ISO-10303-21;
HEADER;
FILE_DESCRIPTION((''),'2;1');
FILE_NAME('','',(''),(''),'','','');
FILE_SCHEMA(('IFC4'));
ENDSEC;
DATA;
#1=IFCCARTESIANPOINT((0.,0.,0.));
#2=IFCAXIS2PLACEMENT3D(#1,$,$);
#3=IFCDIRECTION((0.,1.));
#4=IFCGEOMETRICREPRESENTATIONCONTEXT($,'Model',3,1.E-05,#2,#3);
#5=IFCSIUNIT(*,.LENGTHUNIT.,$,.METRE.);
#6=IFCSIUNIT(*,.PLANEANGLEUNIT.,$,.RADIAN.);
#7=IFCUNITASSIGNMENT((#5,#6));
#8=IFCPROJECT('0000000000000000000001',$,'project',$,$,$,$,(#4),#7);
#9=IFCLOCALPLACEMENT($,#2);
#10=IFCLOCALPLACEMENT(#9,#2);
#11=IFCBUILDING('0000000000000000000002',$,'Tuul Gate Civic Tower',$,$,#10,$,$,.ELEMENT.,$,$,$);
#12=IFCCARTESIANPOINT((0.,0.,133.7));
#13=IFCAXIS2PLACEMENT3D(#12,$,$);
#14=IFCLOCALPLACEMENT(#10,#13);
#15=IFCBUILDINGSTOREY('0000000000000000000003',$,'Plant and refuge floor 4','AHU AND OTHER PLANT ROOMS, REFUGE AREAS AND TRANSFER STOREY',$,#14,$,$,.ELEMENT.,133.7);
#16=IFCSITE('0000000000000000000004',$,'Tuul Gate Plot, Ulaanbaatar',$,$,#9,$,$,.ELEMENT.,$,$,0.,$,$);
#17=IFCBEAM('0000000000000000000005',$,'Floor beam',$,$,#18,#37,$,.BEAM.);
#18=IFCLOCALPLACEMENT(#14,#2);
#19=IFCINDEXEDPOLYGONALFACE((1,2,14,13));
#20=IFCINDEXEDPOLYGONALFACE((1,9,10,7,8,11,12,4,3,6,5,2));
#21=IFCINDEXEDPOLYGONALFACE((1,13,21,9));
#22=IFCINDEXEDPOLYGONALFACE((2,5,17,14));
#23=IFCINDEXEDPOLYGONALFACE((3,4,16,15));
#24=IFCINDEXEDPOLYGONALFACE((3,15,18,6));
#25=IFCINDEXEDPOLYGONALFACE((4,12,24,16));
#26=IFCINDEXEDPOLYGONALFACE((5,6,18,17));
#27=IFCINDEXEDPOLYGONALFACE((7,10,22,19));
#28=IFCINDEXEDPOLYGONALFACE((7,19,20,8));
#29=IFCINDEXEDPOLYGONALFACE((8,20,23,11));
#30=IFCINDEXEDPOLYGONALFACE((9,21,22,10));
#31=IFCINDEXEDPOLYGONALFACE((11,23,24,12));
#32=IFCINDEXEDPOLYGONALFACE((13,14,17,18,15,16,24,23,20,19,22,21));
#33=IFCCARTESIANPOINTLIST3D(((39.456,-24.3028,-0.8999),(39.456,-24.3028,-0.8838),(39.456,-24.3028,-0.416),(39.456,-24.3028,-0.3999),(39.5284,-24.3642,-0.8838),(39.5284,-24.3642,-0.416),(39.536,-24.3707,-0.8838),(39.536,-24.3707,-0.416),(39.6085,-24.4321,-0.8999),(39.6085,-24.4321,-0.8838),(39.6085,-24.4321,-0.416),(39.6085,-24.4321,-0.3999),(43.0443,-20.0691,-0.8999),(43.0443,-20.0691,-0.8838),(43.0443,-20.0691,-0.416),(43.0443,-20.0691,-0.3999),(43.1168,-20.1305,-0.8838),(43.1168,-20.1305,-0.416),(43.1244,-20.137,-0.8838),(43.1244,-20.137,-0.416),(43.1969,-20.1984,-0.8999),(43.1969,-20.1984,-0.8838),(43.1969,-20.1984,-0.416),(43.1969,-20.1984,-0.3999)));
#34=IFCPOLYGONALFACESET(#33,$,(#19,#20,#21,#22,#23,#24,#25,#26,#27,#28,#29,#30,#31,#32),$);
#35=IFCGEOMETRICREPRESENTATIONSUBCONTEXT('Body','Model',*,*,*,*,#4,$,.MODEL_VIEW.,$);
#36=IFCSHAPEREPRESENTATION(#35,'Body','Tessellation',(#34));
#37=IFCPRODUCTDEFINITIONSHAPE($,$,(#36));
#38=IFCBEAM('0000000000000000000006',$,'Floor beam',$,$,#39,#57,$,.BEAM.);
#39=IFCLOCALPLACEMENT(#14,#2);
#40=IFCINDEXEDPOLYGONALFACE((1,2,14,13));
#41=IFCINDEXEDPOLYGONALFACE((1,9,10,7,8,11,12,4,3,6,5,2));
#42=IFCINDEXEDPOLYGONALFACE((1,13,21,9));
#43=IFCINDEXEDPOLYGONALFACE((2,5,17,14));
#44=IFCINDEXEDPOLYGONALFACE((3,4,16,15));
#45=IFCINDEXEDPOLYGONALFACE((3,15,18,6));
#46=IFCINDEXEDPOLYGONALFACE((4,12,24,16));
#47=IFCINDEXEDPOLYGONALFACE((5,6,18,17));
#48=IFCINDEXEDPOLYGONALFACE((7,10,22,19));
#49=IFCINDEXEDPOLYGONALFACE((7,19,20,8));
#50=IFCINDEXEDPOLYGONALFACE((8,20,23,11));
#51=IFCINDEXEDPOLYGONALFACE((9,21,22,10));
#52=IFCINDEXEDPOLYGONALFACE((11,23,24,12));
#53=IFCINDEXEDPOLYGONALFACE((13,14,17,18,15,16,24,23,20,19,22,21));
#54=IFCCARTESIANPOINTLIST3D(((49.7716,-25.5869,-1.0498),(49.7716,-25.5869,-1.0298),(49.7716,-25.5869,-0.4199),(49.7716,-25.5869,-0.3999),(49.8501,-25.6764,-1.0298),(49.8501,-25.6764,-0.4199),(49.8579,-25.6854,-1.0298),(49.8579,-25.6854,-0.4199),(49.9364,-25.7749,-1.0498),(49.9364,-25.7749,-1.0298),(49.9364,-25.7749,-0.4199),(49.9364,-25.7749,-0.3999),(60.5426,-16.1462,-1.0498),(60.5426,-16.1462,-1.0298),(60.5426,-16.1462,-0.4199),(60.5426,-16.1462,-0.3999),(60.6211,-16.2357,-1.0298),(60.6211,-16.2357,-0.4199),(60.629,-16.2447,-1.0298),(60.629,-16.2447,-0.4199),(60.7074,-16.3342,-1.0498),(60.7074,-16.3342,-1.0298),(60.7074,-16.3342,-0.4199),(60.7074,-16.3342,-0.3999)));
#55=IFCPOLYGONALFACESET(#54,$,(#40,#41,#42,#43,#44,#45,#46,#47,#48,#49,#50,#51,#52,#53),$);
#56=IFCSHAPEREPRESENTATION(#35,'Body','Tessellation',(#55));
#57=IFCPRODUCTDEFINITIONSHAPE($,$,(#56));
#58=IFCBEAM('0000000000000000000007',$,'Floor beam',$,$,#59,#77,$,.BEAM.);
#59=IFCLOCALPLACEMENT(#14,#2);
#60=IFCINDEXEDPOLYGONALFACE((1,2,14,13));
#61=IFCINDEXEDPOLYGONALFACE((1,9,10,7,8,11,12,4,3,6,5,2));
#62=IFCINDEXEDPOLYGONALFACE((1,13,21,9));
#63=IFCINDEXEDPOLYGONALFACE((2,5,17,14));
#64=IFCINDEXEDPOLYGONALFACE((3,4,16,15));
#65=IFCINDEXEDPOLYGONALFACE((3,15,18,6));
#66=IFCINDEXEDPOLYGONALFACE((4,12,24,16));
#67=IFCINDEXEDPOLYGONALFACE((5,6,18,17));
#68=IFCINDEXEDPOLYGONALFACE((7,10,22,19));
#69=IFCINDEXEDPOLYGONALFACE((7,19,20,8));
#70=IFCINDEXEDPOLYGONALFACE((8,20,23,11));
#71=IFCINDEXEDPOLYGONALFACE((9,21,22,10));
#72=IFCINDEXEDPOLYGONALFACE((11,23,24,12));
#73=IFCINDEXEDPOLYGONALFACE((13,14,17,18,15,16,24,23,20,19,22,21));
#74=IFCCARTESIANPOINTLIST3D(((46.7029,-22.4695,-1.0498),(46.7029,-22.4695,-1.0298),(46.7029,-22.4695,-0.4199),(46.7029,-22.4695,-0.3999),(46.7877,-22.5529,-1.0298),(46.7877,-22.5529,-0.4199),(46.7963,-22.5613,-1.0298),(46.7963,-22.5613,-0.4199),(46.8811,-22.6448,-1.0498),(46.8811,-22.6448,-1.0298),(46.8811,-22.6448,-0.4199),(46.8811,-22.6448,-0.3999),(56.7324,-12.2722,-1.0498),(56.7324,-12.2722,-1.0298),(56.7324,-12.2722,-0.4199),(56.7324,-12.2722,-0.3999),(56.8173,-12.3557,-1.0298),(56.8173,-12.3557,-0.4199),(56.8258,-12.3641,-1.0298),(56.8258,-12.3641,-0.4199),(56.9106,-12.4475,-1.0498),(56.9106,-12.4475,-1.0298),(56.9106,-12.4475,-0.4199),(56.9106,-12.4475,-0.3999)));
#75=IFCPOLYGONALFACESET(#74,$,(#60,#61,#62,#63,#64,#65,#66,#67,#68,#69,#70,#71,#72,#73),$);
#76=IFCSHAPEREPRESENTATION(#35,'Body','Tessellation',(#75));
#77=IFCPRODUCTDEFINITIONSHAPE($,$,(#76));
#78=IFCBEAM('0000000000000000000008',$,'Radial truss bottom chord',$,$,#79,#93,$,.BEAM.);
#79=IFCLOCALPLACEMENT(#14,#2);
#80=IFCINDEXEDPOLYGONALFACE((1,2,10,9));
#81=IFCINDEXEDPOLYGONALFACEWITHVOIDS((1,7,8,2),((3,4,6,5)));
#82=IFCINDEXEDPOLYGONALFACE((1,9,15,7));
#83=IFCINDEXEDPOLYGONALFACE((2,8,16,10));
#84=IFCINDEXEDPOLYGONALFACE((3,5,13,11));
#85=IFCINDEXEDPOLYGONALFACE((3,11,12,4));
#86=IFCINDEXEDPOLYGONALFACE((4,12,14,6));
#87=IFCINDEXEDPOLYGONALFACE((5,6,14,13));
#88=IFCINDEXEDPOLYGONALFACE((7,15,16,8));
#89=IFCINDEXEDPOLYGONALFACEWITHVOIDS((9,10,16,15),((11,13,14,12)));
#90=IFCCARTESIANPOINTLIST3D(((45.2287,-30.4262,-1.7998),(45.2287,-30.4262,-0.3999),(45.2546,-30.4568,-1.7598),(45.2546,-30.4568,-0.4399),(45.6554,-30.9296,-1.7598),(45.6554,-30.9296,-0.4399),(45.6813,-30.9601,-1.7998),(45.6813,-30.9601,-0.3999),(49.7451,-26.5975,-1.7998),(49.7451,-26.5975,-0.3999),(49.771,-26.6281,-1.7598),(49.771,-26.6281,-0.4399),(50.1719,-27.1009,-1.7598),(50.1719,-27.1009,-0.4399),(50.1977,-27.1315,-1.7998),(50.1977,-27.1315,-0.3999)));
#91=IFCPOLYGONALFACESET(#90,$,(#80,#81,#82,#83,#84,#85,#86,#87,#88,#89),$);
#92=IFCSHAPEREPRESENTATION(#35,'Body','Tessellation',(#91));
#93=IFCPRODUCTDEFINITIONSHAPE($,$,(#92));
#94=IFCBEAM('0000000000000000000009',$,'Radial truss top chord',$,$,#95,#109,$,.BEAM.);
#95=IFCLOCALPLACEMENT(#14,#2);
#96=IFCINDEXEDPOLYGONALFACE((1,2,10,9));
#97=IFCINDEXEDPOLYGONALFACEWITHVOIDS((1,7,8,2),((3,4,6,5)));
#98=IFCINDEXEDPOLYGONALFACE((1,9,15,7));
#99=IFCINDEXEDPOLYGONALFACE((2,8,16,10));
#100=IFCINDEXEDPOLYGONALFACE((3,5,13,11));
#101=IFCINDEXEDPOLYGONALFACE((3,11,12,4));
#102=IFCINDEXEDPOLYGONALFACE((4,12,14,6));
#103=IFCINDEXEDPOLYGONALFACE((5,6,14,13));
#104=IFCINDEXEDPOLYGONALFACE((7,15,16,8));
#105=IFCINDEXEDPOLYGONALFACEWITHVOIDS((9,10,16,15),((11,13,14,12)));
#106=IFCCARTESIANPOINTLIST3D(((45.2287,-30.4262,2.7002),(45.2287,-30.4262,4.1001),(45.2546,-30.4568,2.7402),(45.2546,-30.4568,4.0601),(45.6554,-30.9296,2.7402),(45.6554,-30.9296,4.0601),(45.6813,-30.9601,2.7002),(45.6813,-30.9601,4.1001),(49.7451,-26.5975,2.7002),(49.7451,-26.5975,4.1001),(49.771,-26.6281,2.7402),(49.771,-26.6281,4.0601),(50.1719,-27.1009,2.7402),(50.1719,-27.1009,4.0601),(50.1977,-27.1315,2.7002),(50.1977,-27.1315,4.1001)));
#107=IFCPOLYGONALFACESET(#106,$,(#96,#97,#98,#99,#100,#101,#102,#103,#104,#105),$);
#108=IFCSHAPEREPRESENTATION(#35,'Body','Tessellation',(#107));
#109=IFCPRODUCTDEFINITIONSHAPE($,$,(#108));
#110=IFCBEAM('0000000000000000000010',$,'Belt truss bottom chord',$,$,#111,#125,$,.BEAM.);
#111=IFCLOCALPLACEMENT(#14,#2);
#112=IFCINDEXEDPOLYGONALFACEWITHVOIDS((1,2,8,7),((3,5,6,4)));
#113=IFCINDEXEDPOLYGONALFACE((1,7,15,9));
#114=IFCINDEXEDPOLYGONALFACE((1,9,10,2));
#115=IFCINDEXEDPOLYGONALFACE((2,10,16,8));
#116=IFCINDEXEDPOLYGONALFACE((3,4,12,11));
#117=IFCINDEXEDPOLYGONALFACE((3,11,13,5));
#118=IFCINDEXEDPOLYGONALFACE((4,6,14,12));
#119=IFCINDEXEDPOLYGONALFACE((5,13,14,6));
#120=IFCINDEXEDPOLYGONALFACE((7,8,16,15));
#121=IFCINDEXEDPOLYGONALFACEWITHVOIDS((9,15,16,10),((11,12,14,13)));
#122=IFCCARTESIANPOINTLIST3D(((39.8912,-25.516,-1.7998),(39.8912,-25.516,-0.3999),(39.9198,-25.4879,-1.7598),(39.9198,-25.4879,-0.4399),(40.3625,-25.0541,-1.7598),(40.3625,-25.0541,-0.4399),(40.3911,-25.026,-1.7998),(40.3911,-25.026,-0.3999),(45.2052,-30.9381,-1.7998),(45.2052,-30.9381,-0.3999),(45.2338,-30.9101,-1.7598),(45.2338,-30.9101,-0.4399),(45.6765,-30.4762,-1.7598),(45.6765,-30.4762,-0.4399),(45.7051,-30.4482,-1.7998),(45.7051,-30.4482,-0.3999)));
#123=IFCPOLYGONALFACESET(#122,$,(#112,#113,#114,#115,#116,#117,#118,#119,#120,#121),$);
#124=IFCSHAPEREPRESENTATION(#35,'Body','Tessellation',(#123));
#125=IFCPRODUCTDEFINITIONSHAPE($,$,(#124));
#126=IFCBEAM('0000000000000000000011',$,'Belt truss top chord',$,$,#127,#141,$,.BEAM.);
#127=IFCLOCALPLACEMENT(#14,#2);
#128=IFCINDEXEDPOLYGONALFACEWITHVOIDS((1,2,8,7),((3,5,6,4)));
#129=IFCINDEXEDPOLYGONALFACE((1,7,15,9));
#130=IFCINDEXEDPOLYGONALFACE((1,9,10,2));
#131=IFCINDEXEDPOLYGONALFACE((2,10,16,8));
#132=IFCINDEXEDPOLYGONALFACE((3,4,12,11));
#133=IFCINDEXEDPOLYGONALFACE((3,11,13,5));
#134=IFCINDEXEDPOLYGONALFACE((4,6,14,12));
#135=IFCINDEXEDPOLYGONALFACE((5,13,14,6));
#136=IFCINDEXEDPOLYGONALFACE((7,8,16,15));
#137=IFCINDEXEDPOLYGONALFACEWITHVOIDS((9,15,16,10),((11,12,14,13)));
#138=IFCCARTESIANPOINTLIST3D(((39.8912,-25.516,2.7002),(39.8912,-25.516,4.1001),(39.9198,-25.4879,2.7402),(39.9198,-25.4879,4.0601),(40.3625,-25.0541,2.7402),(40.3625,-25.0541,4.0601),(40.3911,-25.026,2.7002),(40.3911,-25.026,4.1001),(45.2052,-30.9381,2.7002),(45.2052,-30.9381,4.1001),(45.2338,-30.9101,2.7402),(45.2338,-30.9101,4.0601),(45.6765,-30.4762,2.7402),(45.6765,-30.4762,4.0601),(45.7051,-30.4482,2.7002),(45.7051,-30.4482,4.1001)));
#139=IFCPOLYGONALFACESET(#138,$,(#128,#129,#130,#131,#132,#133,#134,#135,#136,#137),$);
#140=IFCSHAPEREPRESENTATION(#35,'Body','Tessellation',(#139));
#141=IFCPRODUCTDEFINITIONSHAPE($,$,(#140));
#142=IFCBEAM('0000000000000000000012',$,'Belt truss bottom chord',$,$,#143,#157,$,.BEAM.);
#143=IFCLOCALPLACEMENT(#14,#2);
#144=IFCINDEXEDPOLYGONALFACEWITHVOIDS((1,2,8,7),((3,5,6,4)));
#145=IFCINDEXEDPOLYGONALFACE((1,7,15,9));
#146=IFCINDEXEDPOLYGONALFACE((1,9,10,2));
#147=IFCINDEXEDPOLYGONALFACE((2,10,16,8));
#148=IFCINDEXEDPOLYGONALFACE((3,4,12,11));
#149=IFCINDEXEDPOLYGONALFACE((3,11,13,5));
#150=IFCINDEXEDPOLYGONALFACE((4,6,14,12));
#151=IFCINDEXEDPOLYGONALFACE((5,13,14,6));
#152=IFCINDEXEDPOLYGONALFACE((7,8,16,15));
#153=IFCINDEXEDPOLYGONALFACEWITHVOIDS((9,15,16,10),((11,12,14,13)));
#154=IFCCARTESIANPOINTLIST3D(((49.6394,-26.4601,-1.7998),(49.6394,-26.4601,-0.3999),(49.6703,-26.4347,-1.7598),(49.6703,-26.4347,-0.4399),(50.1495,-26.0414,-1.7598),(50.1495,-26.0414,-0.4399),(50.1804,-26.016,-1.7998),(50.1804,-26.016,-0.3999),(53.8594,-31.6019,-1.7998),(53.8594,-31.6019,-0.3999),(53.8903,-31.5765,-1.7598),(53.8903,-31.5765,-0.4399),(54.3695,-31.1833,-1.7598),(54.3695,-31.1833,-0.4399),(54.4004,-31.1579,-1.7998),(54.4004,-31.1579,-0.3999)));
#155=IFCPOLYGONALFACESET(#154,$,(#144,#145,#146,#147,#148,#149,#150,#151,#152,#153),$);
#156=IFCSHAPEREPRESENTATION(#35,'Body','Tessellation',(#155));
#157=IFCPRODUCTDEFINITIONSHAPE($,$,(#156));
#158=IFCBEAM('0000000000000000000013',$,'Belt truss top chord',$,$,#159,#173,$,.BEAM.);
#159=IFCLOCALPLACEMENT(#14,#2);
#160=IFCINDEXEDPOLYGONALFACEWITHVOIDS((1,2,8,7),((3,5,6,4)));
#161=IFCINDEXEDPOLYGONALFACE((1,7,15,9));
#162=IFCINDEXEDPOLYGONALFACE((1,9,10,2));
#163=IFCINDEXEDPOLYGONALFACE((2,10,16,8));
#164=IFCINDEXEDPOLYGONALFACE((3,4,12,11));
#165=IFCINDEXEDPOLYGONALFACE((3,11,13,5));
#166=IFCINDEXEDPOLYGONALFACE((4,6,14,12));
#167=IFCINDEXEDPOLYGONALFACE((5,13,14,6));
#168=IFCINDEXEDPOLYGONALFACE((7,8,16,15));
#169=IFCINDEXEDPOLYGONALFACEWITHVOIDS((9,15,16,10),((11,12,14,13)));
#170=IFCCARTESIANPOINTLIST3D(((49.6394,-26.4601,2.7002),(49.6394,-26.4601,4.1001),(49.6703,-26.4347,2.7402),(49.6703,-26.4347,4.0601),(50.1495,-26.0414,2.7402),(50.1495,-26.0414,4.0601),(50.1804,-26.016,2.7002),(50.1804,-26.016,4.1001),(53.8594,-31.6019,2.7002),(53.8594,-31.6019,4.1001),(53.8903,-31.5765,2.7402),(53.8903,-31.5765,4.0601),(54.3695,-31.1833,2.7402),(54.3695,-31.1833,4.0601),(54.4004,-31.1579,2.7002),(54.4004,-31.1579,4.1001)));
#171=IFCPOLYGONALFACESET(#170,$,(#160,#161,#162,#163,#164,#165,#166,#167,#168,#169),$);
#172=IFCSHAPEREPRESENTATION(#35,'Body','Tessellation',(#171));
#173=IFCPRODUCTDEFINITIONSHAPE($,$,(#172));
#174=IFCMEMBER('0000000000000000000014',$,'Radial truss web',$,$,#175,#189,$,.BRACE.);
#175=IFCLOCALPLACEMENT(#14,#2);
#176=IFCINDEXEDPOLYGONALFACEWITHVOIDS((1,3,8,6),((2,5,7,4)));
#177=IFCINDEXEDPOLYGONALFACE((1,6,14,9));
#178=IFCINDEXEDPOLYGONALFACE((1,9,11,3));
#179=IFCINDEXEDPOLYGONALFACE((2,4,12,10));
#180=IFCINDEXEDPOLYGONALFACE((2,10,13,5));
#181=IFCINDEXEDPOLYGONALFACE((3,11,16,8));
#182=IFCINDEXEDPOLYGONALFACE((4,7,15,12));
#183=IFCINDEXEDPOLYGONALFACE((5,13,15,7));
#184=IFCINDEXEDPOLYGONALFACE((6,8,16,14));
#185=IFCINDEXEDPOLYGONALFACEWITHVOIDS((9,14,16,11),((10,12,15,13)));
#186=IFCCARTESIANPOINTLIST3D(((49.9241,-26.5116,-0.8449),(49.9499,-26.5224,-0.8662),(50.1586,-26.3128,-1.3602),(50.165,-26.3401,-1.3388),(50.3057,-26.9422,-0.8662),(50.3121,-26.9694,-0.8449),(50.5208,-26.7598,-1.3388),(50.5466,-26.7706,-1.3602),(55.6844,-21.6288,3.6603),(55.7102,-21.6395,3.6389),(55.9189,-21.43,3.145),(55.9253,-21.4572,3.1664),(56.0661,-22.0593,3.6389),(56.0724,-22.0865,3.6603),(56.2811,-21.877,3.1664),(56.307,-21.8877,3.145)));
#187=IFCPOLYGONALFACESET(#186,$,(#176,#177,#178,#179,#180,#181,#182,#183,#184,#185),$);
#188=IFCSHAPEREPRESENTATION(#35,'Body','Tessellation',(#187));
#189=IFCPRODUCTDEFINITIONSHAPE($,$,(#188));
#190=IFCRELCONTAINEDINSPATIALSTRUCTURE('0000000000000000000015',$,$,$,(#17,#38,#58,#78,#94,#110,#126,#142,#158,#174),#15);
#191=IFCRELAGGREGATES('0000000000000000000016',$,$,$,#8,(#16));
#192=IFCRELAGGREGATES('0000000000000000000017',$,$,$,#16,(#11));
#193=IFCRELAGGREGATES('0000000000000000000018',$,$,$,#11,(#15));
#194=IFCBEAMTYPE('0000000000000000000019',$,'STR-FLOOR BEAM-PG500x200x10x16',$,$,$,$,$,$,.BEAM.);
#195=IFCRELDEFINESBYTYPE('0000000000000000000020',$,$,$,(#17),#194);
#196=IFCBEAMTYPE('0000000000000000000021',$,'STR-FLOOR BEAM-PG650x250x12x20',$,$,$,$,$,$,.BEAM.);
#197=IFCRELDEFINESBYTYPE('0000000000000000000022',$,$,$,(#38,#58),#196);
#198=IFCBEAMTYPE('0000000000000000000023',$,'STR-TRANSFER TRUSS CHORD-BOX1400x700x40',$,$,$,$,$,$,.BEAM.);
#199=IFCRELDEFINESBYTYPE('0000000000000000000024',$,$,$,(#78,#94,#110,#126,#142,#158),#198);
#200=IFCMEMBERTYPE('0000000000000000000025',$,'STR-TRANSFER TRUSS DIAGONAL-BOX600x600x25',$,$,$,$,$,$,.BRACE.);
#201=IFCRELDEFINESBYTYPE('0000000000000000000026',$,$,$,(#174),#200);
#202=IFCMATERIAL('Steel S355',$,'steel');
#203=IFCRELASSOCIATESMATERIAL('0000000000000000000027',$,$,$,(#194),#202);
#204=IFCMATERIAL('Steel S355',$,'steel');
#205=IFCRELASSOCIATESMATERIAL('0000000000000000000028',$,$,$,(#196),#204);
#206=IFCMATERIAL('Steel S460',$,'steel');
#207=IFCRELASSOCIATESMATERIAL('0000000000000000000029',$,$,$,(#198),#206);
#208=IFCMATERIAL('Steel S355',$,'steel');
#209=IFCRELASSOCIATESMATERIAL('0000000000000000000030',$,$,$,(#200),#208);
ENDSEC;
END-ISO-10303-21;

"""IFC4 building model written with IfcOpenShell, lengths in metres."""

from ifc_helpers import new_model, si_unit, direction, frame, origin, origin_2d, place, context, subcontext, project, spatial, hollow_rectangle, i_section, extrude, material, material_profile, profile_set, type_object, element, save


model = new_model("IFC4")

# Units and contexts
model_context = context("Model", 3, precision=1e-05, world=origin(), true_north=direction((0.0, 1.0)))
body_context = subcontext(model_context, "Body", "Model", "MODEL_VIEW")
ifc_project = project(units=[si_unit("LENGTHUNIT", "METRE"), si_unit("PLANEANGLEUNIT", "RADIAN")], contexts=[model_context])

# Site, building, storey
site_placement = place(None, origin())
site = spatial("IfcSite", under=ifc_project, at=site_placement, Name="Tuul Gate Plot, Ulaanbaatar", CompositionType="ELEMENT", RefElevation=0.0)
building_placement = place(site_placement, origin())
building = spatial("IfcBuilding", under=site, at=building_placement, Name="Tuul Gate Civic Tower", CompositionType="ELEMENT")
storey_placement = place(building_placement, frame((0.0, 0.0, 133.7)))
storey = spatial("IfcBuildingStorey", under=building, at=storey_placement, Name="Plant and refuge floor 4", Description="AHU AND OTHER PLANT ROOMS, REFUGE AREAS AND TRANSFER STOREY", CompositionType="ELEMENT", Elevation=133.7)

# Beams
ifc_material_1 = material(Name="Steel S355", Category="steel")
ifc_material_profile_1 = material_profile(ifc_material_1, i_section(OverallWidth=0.2, OverallDepth=0.5, WebThickness=0.01, FlangeThickness=0.0161, at=origin_2d()), Name="PG500x200x10x16")
ifc_profile_set_1 = profile_set([ifc_material_profile_1], Name="Steel S355")
beam_type_1 = type_object("IfcBeamType", Name="STR-FLOOR BEAM-PG500x200x10x16", PredefinedType="BEAM", material=ifc_profile_set_1)
beam_1_placement = place(storey_placement, frame((39.5322, -24.3674, -0.6499), z_axis=(0.646579, 0.762847, 0.0), x_axis=(-0.762847, 0.646579, 0.0)))
element("IfcBeam", 1, at=beam_1_placement, inside=storey, type_object=beam_type_1, Name="Floor beam", PredefinedType="BEAM", context=body_context, shape_type="SweptSolid", body=[
    extrude(i_section(OverallWidth=0.2, OverallDepth=0.5, WebThickness=0.01, FlangeThickness=0.0161, at=origin_2d()), origin(), (0.0, 0.0, 1.0), 5.5498),
])
ifc_material_2 = material(Name="Steel S355", Category="steel")
ifc_material_profile_2 = material_profile(ifc_material_2, i_section(OverallWidth=0.25, OverallDepth=0.6499, WebThickness=0.012, FlangeThickness=0.02, at=origin_2d()), Name="PG650x250x12x20")
ifc_profile_set_2 = profile_set([ifc_material_profile_2], Name="Steel S355")
beam_type_2 = type_object("IfcBeamType", Name="STR-FLOOR BEAM-PG650x250x12x20", PredefinedType="BEAM", material=ifc_profile_set_2)
beam_2_placement = place(storey_placement, frame((49.854, -25.6809, -0.7249), z_axis=(0.752021, 0.659139, 0.0), x_axis=(-0.659139, 0.752021, 0.0)))
element("IfcBeam", 2, at=beam_2_placement, inside=storey, type_object=beam_type_2, Name="Floor beam", PredefinedType="BEAM", context=body_context, shape_type="SweptSolid", body=[
    extrude(i_section(OverallWidth=0.25, OverallDepth=0.6499, WebThickness=0.012, FlangeThickness=0.02, at=origin_2d()), origin(), (0.0, 0.0, 1.0), 14.3228),
])
beam_3_placement = place(storey_placement, frame((46.792, -22.5571, -0.7249), z_axis=(0.701219, 0.712946, 0.0), x_axis=(-0.712946, 0.701219, 0.0)))
element("IfcBeam", 3, at=beam_3_placement, inside=storey, type_object=beam_type_2, Name="Floor beam", PredefinedType="BEAM", context=body_context, shape_type="SweptSolid", body=[
    extrude(i_section(OverallWidth=0.25, OverallDepth=0.6499, WebThickness=0.012, FlangeThickness=0.02, at=origin_2d()), origin(), (0.0, 0.0, 1.0), 14.303),
])
ifc_material_3 = material(Name="Steel S460", Category="steel")
ifc_material_profile_3 = material_profile(ifc_material_3, hollow_rectangle(XDim=0.7, YDim=1.3999, WallThickness=0.04, at=origin_2d()), Name="BOX1400x700x40")
ifc_profile_set_3 = profile_set([ifc_material_profile_3], Name="Steel S460")
beam_type_3 = type_object("IfcBeamType", Name="STR-TRANSFER TRUSS CHORD-BOX1400x700x40", PredefinedType="BEAM", material=ifc_profile_set_3)
for number, where, z_axis, x_axis, name in (
    (4, (49.9714, -26.8645, -1.0999), (-0.762796, -0.646639, 0.0), (0.646639, -0.762796, 0.0), "Radial truss bottom chord"),
    (5, (49.9714, -26.8645, 3.4001), (-0.762796, -0.646639, 0.0), (0.646639, -0.762796, 0.0), "Radial truss top chord"),
):
    element("IfcBeam", number, at=place(storey_placement, frame(where, z_axis=z_axis, x_axis=x_axis)), inside=storey, type_object=beam_type_3, Name=name, PredefinedType="BEAM", context=body_context, shape_type="SweptSolid", body=[
        extrude(hollow_rectangle(XDim=0.7, YDim=1.3999, WallThickness=0.04, at=origin_2d()), origin(), (0.0, 0.0, 1.0), 5.9209),
    ])
for number, where, z_axis, x_axis, name in (
    (6, (40.1411, -25.271, -1.0999), (0.699948, -0.714194, 0.0), (0.714194, 0.699948, 0.0), "Belt truss bottom chord"),
    (7, (40.1411, -25.271, 3.4001), (0.699948, -0.714194, 0.0), (0.714194, 0.699948, 0.0), "Belt truss top chord"),
):
    element("IfcBeam", number, at=place(storey_placement, frame(where, z_axis=z_axis, x_axis=x_axis)), inside=storey, type_object=beam_type_3, Name=name, PredefinedType="BEAM", context=body_context, shape_type="SweptSolid", body=[
        extrude(hollow_rectangle(XDim=0.7, YDim=1.3999, WallThickness=0.04, at=origin_2d()), origin(), (0.0, 0.0, 1.0), 7.592),
    ])
for number, where, z_axis, x_axis, name in (
    (8, (49.9099, -26.238, -1.0999), (0.634408, -0.772998, 0.0), (0.772998, 0.634408, 0.0), "Belt truss bottom chord"),
    (9, (49.9099, -26.238, 3.4001), (0.634408, -0.772998, 0.0), (0.772998, 0.634408, 0.0), "Belt truss top chord"),
):
    element("IfcBeam", number, at=place(storey_placement, frame(where, z_axis=z_axis, x_axis=x_axis)), inside=storey, type_object=beam_type_3, Name=name, PredefinedType="BEAM", context=body_context, shape_type="SweptSolid", body=[
        extrude(hollow_rectangle(XDim=0.7, YDim=1.3999, WallThickness=0.04, at=origin_2d()), origin(), (0.0, 0.0, 1.0), 6.6519),
    ])

# Member
ifc_material_4 = material(Name="Steel S355", Category="steel")
ifc_material_profile_4 = material_profile(ifc_material_4, hollow_rectangle(XDim=0.6001, YDim=0.6001, WallThickness=0.0249, at=origin_2d()), Name="BOX600x600x25")
ifc_profile_set_4 = profile_set([ifc_material_profile_4], Name="Steel S355")
member_type_1 = type_object("IfcMemberType", Name="STR-TRANSFER TRUSS DIAGONAL-BOX600x600x25", PredefinedType="BRACE", material=ifc_profile_set_4)
member_1_placement = place(storey_placement, frame((50.2354, -26.6411, -1.1025), z_axis=(0.655088, 0.555301, 0.512348), x_axis=(-0.646617, 0.762815, 0.0)))
element("IfcMember", 10, at=member_1_placement, inside=storey, type_object=member_type_1, Name="Radial truss web", PredefinedType="BRACE", context=body_context, shape_type="SweptSolid", body=[
    extrude(hollow_rectangle(XDim=0.6001, YDim=0.6001, WallThickness=0.0249, at=origin_2d()), origin(), (0.0, 0.0, 1.0), 8.7932),
])

save(model, "model.ifc")
